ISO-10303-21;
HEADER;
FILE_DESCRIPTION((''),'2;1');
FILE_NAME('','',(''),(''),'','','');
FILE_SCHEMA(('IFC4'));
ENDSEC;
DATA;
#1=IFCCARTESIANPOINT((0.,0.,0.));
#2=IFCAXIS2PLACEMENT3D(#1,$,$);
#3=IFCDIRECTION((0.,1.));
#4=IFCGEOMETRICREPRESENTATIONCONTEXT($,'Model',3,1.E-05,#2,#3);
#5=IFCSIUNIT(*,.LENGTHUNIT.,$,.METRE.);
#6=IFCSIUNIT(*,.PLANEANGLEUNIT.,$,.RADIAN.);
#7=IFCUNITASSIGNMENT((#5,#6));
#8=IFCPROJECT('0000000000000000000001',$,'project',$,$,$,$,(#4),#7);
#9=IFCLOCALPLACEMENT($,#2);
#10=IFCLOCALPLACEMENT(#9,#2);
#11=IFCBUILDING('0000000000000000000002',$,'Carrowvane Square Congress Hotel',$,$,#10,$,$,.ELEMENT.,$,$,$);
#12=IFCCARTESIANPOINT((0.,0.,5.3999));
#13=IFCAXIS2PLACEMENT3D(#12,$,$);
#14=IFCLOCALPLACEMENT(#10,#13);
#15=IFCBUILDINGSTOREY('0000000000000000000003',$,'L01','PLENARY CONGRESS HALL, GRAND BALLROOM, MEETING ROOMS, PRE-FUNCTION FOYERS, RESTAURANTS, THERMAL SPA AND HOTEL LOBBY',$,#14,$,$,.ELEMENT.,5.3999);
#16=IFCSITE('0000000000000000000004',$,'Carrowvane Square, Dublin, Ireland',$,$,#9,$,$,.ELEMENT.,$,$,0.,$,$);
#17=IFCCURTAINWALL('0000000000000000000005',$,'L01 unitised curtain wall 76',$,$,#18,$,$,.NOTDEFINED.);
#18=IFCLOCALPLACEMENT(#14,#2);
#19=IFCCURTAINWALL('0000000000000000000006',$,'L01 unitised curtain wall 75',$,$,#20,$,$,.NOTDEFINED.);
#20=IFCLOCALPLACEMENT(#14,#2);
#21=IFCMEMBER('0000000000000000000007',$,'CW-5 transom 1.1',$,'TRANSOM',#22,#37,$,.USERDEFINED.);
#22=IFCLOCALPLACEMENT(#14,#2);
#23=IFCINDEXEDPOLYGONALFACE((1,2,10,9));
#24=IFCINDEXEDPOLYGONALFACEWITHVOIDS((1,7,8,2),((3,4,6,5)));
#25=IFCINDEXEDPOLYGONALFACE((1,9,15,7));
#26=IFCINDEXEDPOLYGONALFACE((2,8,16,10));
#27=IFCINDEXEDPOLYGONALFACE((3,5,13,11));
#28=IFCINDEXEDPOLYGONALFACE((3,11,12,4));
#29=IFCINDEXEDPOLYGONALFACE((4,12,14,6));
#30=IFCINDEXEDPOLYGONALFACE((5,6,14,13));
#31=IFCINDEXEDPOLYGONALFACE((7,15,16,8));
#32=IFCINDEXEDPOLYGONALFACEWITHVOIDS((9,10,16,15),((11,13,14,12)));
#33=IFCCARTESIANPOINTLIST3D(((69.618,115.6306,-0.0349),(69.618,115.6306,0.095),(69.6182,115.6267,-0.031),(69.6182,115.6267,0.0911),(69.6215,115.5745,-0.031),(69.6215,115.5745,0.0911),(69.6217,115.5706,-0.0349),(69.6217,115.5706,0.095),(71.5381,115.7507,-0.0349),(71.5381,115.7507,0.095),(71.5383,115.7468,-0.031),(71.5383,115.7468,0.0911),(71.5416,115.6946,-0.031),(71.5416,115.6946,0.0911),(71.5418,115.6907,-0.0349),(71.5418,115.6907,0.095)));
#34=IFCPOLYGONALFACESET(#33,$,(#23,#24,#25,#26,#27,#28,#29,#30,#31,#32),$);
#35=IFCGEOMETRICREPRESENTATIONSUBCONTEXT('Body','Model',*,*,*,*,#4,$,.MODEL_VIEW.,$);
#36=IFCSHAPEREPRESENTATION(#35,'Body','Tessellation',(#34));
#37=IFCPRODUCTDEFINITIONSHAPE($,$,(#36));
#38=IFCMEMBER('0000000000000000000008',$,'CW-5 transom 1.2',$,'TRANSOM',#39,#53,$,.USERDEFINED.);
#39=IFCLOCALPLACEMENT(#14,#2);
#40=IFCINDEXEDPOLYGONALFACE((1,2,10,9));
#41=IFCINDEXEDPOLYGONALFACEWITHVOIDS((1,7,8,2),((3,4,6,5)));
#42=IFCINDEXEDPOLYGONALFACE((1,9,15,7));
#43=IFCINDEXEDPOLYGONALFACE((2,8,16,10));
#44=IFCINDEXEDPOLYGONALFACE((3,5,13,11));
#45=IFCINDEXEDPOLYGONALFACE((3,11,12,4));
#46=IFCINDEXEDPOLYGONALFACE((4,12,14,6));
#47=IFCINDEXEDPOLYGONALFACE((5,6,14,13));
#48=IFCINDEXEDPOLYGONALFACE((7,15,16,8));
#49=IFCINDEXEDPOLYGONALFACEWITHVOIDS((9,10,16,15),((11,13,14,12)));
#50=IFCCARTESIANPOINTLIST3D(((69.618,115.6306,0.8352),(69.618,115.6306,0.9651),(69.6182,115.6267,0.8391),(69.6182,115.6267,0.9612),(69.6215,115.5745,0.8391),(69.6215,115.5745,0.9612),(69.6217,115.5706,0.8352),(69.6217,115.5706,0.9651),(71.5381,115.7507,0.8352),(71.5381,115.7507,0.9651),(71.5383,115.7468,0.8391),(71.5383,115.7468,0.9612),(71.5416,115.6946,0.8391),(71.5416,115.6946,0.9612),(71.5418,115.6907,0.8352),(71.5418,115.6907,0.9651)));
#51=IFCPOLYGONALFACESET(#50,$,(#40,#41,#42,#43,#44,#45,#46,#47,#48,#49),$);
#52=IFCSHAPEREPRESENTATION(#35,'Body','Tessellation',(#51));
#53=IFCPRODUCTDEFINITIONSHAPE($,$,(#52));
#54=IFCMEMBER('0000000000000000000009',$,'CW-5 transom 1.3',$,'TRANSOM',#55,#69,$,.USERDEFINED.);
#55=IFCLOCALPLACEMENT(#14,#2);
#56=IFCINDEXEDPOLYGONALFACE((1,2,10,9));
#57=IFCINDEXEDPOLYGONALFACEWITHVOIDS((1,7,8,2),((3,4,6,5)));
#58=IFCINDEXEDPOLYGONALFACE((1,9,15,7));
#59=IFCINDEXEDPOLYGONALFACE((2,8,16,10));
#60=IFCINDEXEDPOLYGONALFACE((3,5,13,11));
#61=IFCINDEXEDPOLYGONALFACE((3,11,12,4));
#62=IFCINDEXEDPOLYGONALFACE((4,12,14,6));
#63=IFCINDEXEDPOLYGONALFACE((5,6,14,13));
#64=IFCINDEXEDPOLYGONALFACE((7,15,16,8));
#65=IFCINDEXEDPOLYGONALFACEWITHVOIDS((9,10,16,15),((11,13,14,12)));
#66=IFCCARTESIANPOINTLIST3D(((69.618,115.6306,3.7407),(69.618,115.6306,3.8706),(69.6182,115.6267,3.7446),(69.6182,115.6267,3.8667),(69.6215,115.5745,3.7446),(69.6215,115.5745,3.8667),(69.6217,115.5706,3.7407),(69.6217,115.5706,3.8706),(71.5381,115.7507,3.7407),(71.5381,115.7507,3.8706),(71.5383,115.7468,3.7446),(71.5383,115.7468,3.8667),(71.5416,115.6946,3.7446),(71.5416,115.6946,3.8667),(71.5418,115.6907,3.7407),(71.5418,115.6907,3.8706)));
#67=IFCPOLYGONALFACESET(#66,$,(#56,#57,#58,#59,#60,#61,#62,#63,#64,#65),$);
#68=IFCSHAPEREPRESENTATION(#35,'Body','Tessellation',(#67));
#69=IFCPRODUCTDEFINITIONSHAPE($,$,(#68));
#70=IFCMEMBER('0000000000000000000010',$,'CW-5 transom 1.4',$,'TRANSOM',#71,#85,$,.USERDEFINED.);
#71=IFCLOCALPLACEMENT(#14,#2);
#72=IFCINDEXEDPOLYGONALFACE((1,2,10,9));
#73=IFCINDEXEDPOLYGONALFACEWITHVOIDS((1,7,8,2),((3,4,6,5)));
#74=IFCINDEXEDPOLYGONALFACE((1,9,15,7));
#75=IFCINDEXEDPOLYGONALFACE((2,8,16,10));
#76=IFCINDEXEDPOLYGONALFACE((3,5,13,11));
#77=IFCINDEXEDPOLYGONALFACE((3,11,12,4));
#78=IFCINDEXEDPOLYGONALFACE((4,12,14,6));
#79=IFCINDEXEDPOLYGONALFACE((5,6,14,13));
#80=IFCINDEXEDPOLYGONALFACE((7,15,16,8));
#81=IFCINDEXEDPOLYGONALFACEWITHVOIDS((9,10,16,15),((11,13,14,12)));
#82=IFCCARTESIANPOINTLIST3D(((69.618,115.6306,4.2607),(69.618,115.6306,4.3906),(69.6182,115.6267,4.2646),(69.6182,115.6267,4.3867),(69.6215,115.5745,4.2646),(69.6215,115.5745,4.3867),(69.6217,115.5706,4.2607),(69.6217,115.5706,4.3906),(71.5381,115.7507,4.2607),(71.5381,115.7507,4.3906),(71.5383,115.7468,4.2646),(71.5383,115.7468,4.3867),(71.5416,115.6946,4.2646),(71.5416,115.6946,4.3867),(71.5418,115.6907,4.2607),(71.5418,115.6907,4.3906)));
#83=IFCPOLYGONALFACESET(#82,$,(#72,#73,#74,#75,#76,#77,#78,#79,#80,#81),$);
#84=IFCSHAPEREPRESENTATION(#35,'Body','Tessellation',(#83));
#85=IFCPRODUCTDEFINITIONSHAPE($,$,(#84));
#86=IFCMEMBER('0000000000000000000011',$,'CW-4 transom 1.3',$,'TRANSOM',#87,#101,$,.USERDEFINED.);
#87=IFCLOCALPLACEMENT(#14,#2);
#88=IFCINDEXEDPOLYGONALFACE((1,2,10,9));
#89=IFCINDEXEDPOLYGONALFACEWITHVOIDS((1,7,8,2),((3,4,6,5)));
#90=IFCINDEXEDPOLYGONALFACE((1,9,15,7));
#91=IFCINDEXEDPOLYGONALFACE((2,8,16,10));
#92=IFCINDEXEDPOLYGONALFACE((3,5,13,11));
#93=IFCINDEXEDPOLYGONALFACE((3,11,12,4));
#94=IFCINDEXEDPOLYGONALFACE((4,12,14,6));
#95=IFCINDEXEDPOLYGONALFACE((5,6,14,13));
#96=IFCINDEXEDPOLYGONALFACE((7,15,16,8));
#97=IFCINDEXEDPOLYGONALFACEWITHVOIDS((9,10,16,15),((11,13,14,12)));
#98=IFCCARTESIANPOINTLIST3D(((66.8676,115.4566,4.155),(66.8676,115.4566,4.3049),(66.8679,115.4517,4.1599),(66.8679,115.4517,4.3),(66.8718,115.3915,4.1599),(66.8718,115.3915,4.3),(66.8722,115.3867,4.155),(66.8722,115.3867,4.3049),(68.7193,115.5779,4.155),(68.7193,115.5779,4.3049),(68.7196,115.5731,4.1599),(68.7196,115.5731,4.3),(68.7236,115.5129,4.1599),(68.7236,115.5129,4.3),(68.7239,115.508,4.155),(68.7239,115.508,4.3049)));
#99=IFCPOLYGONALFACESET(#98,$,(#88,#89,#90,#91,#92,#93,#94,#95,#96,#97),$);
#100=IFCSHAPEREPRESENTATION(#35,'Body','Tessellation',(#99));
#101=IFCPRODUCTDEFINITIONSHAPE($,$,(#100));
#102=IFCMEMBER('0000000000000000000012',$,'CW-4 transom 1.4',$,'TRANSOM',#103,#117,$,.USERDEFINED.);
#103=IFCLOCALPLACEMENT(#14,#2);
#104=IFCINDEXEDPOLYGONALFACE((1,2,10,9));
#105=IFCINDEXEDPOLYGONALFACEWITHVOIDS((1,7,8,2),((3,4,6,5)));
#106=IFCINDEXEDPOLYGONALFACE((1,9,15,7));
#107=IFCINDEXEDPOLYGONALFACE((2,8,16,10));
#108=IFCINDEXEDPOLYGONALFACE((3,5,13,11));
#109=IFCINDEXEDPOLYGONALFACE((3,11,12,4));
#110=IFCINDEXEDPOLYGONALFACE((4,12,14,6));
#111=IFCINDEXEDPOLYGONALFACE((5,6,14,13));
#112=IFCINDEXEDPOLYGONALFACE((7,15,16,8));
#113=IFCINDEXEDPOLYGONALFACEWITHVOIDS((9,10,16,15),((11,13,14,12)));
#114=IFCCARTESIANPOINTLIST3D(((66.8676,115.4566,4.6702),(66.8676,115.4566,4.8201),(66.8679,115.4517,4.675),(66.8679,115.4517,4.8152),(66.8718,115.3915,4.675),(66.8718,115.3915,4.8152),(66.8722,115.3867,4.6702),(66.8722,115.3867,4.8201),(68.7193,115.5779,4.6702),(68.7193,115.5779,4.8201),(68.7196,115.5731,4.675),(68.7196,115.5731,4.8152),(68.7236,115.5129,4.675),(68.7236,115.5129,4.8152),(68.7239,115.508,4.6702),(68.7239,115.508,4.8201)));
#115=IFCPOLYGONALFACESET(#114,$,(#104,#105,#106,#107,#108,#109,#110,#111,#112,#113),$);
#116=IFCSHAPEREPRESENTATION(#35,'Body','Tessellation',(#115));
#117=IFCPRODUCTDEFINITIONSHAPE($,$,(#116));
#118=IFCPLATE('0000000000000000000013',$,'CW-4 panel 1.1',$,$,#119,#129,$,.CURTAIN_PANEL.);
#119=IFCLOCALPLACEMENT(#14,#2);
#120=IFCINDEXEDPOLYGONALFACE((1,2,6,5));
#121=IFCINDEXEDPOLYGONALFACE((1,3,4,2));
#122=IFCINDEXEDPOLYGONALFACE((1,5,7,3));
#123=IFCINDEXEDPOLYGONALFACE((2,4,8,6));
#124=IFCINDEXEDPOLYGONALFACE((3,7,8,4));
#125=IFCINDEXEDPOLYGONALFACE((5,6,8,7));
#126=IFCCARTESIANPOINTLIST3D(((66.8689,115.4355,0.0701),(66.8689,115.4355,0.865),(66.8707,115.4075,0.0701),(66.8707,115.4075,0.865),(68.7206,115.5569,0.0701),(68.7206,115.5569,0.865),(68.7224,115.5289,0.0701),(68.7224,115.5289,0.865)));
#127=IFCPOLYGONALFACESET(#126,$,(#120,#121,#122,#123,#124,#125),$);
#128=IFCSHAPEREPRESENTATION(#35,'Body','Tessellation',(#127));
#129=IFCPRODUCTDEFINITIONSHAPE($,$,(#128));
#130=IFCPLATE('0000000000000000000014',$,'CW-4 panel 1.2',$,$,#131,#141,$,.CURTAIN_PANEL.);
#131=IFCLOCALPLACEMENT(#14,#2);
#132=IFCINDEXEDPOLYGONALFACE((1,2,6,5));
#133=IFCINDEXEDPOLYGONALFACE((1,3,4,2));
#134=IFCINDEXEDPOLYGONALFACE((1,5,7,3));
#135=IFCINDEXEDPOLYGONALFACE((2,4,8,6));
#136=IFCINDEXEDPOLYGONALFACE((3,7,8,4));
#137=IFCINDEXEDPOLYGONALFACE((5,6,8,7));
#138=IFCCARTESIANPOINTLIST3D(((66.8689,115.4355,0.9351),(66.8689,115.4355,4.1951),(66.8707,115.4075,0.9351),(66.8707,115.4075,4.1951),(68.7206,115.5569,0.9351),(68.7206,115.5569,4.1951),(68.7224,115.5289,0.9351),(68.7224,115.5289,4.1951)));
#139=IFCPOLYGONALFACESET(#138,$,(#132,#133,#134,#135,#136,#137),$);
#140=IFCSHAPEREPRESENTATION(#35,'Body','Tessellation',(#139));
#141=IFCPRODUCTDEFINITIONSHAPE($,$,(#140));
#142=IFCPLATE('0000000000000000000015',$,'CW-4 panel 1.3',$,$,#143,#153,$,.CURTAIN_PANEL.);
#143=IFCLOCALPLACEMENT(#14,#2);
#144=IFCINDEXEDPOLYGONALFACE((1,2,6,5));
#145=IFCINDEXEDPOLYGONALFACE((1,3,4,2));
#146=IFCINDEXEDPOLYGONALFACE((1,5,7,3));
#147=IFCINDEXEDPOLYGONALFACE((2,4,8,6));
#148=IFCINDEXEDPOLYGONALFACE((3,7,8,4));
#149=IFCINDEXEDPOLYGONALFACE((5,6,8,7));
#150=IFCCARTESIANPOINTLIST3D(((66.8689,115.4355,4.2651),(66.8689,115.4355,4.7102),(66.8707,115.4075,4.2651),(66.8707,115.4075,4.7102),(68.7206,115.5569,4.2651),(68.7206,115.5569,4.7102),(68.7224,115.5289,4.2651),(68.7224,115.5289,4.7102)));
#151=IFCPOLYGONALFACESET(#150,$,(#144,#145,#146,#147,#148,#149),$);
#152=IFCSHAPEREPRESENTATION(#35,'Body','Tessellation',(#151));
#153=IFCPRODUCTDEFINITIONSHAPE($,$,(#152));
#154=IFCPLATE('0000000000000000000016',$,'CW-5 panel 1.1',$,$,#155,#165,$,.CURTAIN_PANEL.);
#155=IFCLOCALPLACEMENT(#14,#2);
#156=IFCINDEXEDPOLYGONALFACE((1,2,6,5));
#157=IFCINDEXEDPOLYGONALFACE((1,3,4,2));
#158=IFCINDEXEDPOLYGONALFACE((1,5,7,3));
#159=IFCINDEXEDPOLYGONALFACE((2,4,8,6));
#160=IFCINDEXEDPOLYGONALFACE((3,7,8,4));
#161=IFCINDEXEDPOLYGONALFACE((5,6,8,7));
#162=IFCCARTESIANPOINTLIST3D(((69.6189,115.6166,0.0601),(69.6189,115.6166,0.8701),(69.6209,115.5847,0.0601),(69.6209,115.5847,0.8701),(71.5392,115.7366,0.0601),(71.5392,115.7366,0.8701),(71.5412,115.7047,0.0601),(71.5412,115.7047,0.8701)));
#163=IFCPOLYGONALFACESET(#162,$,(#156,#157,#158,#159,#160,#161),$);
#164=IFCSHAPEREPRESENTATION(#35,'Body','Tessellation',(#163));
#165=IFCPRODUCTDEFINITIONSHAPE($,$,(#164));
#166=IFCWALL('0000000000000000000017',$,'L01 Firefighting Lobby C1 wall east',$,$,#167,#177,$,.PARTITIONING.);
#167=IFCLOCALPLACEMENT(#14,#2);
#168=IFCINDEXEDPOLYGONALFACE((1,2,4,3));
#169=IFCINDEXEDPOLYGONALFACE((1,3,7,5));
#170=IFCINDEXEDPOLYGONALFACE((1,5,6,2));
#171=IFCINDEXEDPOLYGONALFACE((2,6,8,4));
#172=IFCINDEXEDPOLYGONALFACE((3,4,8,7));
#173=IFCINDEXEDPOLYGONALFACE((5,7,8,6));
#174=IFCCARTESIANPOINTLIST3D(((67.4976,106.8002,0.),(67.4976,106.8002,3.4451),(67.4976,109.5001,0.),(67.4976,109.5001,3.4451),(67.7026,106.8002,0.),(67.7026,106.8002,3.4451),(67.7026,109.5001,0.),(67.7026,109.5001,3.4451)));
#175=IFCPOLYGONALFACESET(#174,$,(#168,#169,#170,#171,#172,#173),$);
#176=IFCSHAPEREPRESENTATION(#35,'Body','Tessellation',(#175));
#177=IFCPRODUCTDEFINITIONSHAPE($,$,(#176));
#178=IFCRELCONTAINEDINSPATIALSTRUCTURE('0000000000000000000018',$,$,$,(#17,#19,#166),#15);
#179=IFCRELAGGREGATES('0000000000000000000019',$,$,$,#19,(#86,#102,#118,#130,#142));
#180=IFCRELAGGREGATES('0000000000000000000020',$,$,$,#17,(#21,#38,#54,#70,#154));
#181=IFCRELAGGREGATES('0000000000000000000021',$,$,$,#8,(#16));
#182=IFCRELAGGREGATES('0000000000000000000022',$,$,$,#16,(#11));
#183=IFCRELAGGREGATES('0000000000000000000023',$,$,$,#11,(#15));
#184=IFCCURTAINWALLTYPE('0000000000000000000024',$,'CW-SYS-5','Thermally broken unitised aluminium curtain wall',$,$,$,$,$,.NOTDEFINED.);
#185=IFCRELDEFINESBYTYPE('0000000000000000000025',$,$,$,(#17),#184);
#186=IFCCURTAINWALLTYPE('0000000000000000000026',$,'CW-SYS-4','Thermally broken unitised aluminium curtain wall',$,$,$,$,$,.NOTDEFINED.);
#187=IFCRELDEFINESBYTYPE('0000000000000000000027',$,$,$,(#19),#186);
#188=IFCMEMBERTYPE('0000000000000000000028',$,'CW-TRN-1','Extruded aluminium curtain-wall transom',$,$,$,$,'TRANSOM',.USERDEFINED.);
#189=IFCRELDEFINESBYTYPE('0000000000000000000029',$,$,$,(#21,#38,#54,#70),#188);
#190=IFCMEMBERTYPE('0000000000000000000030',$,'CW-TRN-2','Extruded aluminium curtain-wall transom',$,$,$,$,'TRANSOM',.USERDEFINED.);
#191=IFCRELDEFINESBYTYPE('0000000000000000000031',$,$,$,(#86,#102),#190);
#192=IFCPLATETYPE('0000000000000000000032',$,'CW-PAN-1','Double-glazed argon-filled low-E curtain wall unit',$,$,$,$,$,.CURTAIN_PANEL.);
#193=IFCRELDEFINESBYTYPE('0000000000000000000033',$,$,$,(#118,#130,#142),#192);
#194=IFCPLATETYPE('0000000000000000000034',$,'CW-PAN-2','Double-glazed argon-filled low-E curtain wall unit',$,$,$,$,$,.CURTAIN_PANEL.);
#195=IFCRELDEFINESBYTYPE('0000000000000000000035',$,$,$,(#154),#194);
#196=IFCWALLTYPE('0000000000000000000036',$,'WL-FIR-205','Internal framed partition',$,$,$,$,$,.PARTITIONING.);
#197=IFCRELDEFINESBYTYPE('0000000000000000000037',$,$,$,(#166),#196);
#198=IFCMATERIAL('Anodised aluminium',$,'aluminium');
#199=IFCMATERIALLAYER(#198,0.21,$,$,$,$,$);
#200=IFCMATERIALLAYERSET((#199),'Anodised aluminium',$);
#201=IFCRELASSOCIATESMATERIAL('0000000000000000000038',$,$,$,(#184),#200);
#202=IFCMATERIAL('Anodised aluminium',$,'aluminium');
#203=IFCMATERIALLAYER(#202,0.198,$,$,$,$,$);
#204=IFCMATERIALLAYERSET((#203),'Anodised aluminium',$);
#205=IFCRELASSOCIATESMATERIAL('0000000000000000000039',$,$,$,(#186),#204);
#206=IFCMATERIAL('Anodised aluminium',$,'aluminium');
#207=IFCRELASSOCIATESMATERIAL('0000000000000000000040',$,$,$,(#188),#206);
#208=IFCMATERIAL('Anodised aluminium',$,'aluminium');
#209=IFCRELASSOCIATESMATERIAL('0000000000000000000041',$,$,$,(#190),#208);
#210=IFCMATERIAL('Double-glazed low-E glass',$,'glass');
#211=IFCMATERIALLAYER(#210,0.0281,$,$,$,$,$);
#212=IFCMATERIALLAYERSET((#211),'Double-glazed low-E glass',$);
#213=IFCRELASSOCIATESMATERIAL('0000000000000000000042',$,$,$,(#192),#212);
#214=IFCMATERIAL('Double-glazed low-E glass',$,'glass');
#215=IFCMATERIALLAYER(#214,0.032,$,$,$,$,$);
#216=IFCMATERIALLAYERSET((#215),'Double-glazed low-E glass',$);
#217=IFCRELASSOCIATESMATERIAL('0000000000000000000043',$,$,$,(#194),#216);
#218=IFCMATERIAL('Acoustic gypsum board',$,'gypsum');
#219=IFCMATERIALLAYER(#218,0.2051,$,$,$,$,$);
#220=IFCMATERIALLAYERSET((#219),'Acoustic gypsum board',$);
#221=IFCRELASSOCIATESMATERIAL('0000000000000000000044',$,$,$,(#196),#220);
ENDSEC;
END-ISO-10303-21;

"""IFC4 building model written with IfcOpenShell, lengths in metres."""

from ifc_helpers import new_model, si_unit, direction, frame, frame_2d, origin, origin_2d, place, context, subcontext, project, spatial, rectangle, hollow_rectangle, extrude, material, layer, layer_set, material_profile, profile_set, type_object, element, aggregate, save


model = new_model("IFC4")

# Units and contexts
model_context = context("Model", 3, precision=1e-05, world=origin(), true_north=direction((0.0, 1.0)))
body_context = subcontext(model_context, "Body", "Model", "MODEL_VIEW")
ifc_project = project(units=[si_unit("LENGTHUNIT", "METRE"), si_unit("PLANEANGLEUNIT", "RADIAN")], contexts=[model_context])

# Site, building, storey
site_placement = place(None, origin())
site = spatial("IfcSite", under=ifc_project, at=site_placement, Name="Carrowvane Square, Dublin, Ireland", CompositionType="ELEMENT", RefElevation=0.0)
building_placement = place(site_placement, origin())
building = spatial("IfcBuilding", under=site, at=building_placement, Name="Carrowvane Square Congress Hotel", CompositionType="ELEMENT")
storey_placement = place(building_placement, frame((0.0, 0.0, 5.3999)))
storey = spatial("IfcBuildingStorey", under=building, at=storey_placement, Name="L01", Description="PLENARY CONGRESS HALL, GRAND BALLROOM, MEETING ROOMS, PRE-FUNCTION FOYERS, RESTAURANTS, THERMAL SPA AND HOTEL LOBBY", CompositionType="ELEMENT", Elevation=5.3999)

# Curtain walls
ifc_material_1 = material(Name="Anodised aluminium", Category="aluminium")
ifc_layer_1 = layer(ifc_material_1, 0.21)
ifc_layer_set_1 = layer_set([ifc_layer_1], Name="Anodised aluminium")
curtain_wall_type_1 = type_object("IfcCurtainWallType", Name="CW-SYS-5", Description="Thermally broken unitised aluminium curtain wall", PredefinedType="NOTDEFINED", material=ifc_layer_set_1)
curtain_wall_1_placement = place(storey_placement, origin())
curtain_wall_1 = element("IfcCurtainWall", 1, at=curtain_wall_1_placement, inside=storey, type_object=curtain_wall_type_1, Name="L01 unitised curtain wall 76", PredefinedType="NOTDEFINED")
ifc_material_2 = material(Name="Anodised aluminium", Category="aluminium")
ifc_layer_2 = layer(ifc_material_2, 0.198)
ifc_layer_set_2 = layer_set([ifc_layer_2], Name="Anodised aluminium")
curtain_wall_type_2 = type_object("IfcCurtainWallType", Name="CW-SYS-4", Description="Thermally broken unitised aluminium curtain wall", PredefinedType="NOTDEFINED", material=ifc_layer_set_2)
curtain_wall_2_placement = place(storey_placement, origin())
curtain_wall_2 = element("IfcCurtainWall", 2, at=curtain_wall_2_placement, inside=storey, type_object=curtain_wall_type_2, Name="L01 unitised curtain wall 75", PredefinedType="NOTDEFINED")

# Members
ifc_material_3 = material(Name="Anodised aluminium", Category="aluminium")
ifc_material_profile_1 = material_profile(ifc_material_3, hollow_rectangle(XDim=0.0601, YDim=0.1299, WallThickness=0.0039, at=origin_2d()), Name="CW-TR 60x130x4")
ifc_profile_set_1 = profile_set([ifc_material_profile_1], Name="Anodised aluminium")
member_type_1 = type_object("IfcMemberType", Name="CW-TRN-1", Description="Extruded aluminium curtain-wall transom", ElementType="TRANSOM", PredefinedType="USERDEFINED", material=ifc_profile_set_1)
member_1_placement = place(storey_placement, frame((69.6199, 115.6006, 0.03), z_axis=(0.998049, 0.062434, 0.0), x_axis=(-0.062434, 0.998049, 0.0)))
member_1 = element("IfcMember", 3, at=member_1_placement, type_object=member_type_1, Name="CW-5 transom 1.1", ObjectType="TRANSOM", PredefinedType="USERDEFINED", context=body_context, shape_type="SweptSolid", body=[
    extrude(hollow_rectangle(XDim=0.0601, YDim=0.1299, WallThickness=0.0039, at=origin_2d()), origin(), (0.0, 0.0, 1.0), 1.9238),
])
member_2_placement = place(storey_placement, frame((69.6199, 115.6006, 0.9001), z_axis=(0.998049, 0.062434, 0.0), x_axis=(-0.062434, 0.998049, 0.0)))
member_2 = element("IfcMember", 4, at=member_2_placement, type_object=member_type_1, Name="CW-5 transom 1.2", ObjectType="TRANSOM", PredefinedType="USERDEFINED", context=body_context, shape_type="SweptSolid", body=[
    extrude(hollow_rectangle(XDim=0.0601, YDim=0.1299, WallThickness=0.0039, at=origin_2d()), origin(), (0.0, 0.0, 1.0), 1.9238),
])
member_3_placement = place(storey_placement, frame((69.6199, 115.6006, 3.8057), z_axis=(0.998049, 0.062434, 0.0), x_axis=(-0.062434, 0.998049, 0.0)))
member_3 = element("IfcMember", 5, at=member_3_placement, type_object=member_type_1, Name="CW-5 transom 1.3", ObjectType="TRANSOM", PredefinedType="USERDEFINED", context=body_context, shape_type="SweptSolid", body=[
    extrude(hollow_rectangle(XDim=0.0601, YDim=0.1299, WallThickness=0.0039, at=origin_2d()), origin(), (0.0, 0.0, 1.0), 1.9238),
])
member_4_placement = place(storey_placement, frame((69.6199, 115.6006, 4.3257), z_axis=(0.998049, 0.062434, 0.0), x_axis=(-0.062434, 0.998049, 0.0)))
member_4 = element("IfcMember", 6, at=member_4_placement, type_object=member_type_1, Name="CW-5 transom 1.4", ObjectType="TRANSOM", PredefinedType="USERDEFINED", context=body_context, shape_type="SweptSolid", body=[
    extrude(hollow_rectangle(XDim=0.0601, YDim=0.1299, WallThickness=0.0039, at=origin_2d()), origin(), (0.0, 0.0, 1.0), 1.9238),
])
ifc_material_4 = material(Name="Anodised aluminium", Category="aluminium")
ifc_material_profile_2 = material_profile(ifc_material_4, hollow_rectangle(XDim=0.0701, YDim=0.1499, WallThickness=0.0049, at=origin_2d()), Name="CW-TR 70x150x5")
ifc_profile_set_2 = profile_set([ifc_material_profile_2], Name="Anodised aluminium")
member_type_2 = type_object("IfcMemberType", Name="CW-TRN-2", Description="Extruded aluminium curtain-wall transom", ElementType="TRANSOM", PredefinedType="USERDEFINED", material=ifc_profile_set_2)
member_5_placement = place(storey_placement, frame((66.8699, 115.4216, 4.23), z_axis=(0.99786, 0.065384, 0.0), x_axis=(-0.065384, 0.99786, 0.0)))
member_5 = element("IfcMember", 7, at=member_5_placement, type_object=member_type_2, Name="CW-4 transom 1.3", ObjectType="TRANSOM", PredefinedType="USERDEFINED", context=body_context, shape_type="SweptSolid", body=[
    extrude(hollow_rectangle(XDim=0.0701, YDim=0.1499, WallThickness=0.0049, at=origin_2d()), origin(), (0.0, 0.0, 1.0), 1.8557),
])
member_6_placement = place(storey_placement, frame((66.8699, 115.4216, 4.7451), z_axis=(0.99786, 0.065384, 0.0), x_axis=(-0.065384, 0.99786, 0.0)))
member_6 = element("IfcMember", 8, at=member_6_placement, type_object=member_type_2, Name="CW-4 transom 1.4", ObjectType="TRANSOM", PredefinedType="USERDEFINED", context=body_context, shape_type="SweptSolid", body=[
    extrude(hollow_rectangle(XDim=0.0701, YDim=0.1499, WallThickness=0.0049, at=origin_2d()), origin(), (0.0, 0.0, 1.0), 1.8557),
])

# Plates
ifc_material_5 = material(Name="Double-glazed low-E glass", Category="glass")
ifc_layer_3 = layer(ifc_material_5, 0.0281)
ifc_layer_set_3 = layer_set([ifc_layer_3], Name="Double-glazed low-E glass")
plate_type_1 = type_object("IfcPlateType", Name="CW-PAN-1", Description="Double-glazed argon-filled low-E curtain wall unit", PredefinedType="CURTAIN_PANEL", material=ifc_layer_set_3)
plate_1_placement = place(storey_placement, frame((67.7957, 115.4822, 0.0701), z_axis=(0.0, 0.0, 1.0), x_axis=(0.997858, 0.065412, 0.0)))
plate_1 = element("IfcPlate", 9, at=plate_1_placement, type_object=plate_type_1, Name="CW-4 panel 1.1", PredefinedType="CURTAIN_PANEL", context=body_context, shape_type="SweptSolid", body=[
    extrude(rectangle(XDim=1.8557, YDim=0.0281, at=origin_2d()), origin(), (0.0, 0.0, 1.0), 0.7949),
])
plate_2_placement = place(storey_placement, frame((67.7957, 115.4822, 0.9351), z_axis=(0.0, 0.0, 1.0), x_axis=(0.997858, 0.065412, 0.0)))
plate_2 = element("IfcPlate", 10, at=plate_2_placement, type_object=plate_type_1, Name="CW-4 panel 1.2", PredefinedType="CURTAIN_PANEL", context=body_context, shape_type="SweptSolid", body=[
    extrude(rectangle(XDim=1.8557, YDim=0.0281, at=origin_2d()), origin(), (0.0, 0.0, 1.0), 3.26),
])
plate_3_placement = place(storey_placement, frame((67.7957, 115.4822, 4.2651), z_axis=(0.0, 0.0, 1.0), x_axis=(0.997858, 0.065412, 0.0)))
plate_3 = element("IfcPlate", 11, at=plate_3_placement, type_object=plate_type_1, Name="CW-4 panel 1.3", PredefinedType="CURTAIN_PANEL", context=body_context, shape_type="SweptSolid", body=[
    extrude(rectangle(XDim=1.8557, YDim=0.0281, at=origin_2d()), origin(), (0.0, 0.0, 1.0), 0.4451),
])
aggregate(curtain_wall_2, [member_5, member_6, plate_1, plate_2, plate_3])
ifc_material_6 = material(Name="Double-glazed low-E glass", Category="glass")
ifc_layer_4 = layer(ifc_material_6, 0.032)
ifc_layer_set_4 = layer_set([ifc_layer_4], Name="Double-glazed low-E glass")
plate_type_2 = type_object("IfcPlateType", Name="CW-PAN-2", Description="Double-glazed argon-filled low-E curtain wall unit", PredefinedType="CURTAIN_PANEL", material=ifc_layer_set_4)
plate_4_placement = place(storey_placement, frame((70.5801, 115.6606, 0.0601), z_axis=(0.0, 0.0, 1.0), x_axis=(0.998051, 0.062397, 0.0)))
plate_4 = element("IfcPlate", 12, at=plate_4_placement, type_object=plate_type_2, Name="CW-5 panel 1.1", PredefinedType="CURTAIN_PANEL", context=body_context, shape_type="SweptSolid", body=[
    extrude(rectangle(XDim=1.9241, YDim=0.032, at=origin_2d()), origin(), (0.0, 0.0, 1.0), 0.8101),
])
aggregate(curtain_wall_1, [member_1, member_2, member_3, member_4, plate_4])

# Wall
ifc_material_7 = material(Name="Acoustic gypsum board", Category="gypsum")
ifc_layer_5 = layer(ifc_material_7, 0.2051)
ifc_layer_set_5 = layer_set([ifc_layer_5], Name="Acoustic gypsum board")
wall_type_1 = type_object("IfcWallType", Name="WL-FIR-205", Description="Internal framed partition", PredefinedType="PARTITIONING", material=ifc_layer_set_5)
wall_1_placement = place(storey_placement, frame((67.6001, 106.8, 0.0), z_axis=(0.0, 0.0, 1.0), x_axis=(0.0, 1.0, 0.0)))
element("IfcWall", 13, at=wall_1_placement, inside=storey, type_object=wall_type_1, Name="L01 Firefighting Lobby C1 wall east", PredefinedType="PARTITIONING", context=body_context, shape_type="SweptSolid", body=[
    extrude(rectangle(XDim=2.7, YDim=0.2051, at=frame_2d((1.3501, 0.0))), origin(), (0.0, 0.0, 1.0), 3.4451),
])

save(model, "model.ifc")
